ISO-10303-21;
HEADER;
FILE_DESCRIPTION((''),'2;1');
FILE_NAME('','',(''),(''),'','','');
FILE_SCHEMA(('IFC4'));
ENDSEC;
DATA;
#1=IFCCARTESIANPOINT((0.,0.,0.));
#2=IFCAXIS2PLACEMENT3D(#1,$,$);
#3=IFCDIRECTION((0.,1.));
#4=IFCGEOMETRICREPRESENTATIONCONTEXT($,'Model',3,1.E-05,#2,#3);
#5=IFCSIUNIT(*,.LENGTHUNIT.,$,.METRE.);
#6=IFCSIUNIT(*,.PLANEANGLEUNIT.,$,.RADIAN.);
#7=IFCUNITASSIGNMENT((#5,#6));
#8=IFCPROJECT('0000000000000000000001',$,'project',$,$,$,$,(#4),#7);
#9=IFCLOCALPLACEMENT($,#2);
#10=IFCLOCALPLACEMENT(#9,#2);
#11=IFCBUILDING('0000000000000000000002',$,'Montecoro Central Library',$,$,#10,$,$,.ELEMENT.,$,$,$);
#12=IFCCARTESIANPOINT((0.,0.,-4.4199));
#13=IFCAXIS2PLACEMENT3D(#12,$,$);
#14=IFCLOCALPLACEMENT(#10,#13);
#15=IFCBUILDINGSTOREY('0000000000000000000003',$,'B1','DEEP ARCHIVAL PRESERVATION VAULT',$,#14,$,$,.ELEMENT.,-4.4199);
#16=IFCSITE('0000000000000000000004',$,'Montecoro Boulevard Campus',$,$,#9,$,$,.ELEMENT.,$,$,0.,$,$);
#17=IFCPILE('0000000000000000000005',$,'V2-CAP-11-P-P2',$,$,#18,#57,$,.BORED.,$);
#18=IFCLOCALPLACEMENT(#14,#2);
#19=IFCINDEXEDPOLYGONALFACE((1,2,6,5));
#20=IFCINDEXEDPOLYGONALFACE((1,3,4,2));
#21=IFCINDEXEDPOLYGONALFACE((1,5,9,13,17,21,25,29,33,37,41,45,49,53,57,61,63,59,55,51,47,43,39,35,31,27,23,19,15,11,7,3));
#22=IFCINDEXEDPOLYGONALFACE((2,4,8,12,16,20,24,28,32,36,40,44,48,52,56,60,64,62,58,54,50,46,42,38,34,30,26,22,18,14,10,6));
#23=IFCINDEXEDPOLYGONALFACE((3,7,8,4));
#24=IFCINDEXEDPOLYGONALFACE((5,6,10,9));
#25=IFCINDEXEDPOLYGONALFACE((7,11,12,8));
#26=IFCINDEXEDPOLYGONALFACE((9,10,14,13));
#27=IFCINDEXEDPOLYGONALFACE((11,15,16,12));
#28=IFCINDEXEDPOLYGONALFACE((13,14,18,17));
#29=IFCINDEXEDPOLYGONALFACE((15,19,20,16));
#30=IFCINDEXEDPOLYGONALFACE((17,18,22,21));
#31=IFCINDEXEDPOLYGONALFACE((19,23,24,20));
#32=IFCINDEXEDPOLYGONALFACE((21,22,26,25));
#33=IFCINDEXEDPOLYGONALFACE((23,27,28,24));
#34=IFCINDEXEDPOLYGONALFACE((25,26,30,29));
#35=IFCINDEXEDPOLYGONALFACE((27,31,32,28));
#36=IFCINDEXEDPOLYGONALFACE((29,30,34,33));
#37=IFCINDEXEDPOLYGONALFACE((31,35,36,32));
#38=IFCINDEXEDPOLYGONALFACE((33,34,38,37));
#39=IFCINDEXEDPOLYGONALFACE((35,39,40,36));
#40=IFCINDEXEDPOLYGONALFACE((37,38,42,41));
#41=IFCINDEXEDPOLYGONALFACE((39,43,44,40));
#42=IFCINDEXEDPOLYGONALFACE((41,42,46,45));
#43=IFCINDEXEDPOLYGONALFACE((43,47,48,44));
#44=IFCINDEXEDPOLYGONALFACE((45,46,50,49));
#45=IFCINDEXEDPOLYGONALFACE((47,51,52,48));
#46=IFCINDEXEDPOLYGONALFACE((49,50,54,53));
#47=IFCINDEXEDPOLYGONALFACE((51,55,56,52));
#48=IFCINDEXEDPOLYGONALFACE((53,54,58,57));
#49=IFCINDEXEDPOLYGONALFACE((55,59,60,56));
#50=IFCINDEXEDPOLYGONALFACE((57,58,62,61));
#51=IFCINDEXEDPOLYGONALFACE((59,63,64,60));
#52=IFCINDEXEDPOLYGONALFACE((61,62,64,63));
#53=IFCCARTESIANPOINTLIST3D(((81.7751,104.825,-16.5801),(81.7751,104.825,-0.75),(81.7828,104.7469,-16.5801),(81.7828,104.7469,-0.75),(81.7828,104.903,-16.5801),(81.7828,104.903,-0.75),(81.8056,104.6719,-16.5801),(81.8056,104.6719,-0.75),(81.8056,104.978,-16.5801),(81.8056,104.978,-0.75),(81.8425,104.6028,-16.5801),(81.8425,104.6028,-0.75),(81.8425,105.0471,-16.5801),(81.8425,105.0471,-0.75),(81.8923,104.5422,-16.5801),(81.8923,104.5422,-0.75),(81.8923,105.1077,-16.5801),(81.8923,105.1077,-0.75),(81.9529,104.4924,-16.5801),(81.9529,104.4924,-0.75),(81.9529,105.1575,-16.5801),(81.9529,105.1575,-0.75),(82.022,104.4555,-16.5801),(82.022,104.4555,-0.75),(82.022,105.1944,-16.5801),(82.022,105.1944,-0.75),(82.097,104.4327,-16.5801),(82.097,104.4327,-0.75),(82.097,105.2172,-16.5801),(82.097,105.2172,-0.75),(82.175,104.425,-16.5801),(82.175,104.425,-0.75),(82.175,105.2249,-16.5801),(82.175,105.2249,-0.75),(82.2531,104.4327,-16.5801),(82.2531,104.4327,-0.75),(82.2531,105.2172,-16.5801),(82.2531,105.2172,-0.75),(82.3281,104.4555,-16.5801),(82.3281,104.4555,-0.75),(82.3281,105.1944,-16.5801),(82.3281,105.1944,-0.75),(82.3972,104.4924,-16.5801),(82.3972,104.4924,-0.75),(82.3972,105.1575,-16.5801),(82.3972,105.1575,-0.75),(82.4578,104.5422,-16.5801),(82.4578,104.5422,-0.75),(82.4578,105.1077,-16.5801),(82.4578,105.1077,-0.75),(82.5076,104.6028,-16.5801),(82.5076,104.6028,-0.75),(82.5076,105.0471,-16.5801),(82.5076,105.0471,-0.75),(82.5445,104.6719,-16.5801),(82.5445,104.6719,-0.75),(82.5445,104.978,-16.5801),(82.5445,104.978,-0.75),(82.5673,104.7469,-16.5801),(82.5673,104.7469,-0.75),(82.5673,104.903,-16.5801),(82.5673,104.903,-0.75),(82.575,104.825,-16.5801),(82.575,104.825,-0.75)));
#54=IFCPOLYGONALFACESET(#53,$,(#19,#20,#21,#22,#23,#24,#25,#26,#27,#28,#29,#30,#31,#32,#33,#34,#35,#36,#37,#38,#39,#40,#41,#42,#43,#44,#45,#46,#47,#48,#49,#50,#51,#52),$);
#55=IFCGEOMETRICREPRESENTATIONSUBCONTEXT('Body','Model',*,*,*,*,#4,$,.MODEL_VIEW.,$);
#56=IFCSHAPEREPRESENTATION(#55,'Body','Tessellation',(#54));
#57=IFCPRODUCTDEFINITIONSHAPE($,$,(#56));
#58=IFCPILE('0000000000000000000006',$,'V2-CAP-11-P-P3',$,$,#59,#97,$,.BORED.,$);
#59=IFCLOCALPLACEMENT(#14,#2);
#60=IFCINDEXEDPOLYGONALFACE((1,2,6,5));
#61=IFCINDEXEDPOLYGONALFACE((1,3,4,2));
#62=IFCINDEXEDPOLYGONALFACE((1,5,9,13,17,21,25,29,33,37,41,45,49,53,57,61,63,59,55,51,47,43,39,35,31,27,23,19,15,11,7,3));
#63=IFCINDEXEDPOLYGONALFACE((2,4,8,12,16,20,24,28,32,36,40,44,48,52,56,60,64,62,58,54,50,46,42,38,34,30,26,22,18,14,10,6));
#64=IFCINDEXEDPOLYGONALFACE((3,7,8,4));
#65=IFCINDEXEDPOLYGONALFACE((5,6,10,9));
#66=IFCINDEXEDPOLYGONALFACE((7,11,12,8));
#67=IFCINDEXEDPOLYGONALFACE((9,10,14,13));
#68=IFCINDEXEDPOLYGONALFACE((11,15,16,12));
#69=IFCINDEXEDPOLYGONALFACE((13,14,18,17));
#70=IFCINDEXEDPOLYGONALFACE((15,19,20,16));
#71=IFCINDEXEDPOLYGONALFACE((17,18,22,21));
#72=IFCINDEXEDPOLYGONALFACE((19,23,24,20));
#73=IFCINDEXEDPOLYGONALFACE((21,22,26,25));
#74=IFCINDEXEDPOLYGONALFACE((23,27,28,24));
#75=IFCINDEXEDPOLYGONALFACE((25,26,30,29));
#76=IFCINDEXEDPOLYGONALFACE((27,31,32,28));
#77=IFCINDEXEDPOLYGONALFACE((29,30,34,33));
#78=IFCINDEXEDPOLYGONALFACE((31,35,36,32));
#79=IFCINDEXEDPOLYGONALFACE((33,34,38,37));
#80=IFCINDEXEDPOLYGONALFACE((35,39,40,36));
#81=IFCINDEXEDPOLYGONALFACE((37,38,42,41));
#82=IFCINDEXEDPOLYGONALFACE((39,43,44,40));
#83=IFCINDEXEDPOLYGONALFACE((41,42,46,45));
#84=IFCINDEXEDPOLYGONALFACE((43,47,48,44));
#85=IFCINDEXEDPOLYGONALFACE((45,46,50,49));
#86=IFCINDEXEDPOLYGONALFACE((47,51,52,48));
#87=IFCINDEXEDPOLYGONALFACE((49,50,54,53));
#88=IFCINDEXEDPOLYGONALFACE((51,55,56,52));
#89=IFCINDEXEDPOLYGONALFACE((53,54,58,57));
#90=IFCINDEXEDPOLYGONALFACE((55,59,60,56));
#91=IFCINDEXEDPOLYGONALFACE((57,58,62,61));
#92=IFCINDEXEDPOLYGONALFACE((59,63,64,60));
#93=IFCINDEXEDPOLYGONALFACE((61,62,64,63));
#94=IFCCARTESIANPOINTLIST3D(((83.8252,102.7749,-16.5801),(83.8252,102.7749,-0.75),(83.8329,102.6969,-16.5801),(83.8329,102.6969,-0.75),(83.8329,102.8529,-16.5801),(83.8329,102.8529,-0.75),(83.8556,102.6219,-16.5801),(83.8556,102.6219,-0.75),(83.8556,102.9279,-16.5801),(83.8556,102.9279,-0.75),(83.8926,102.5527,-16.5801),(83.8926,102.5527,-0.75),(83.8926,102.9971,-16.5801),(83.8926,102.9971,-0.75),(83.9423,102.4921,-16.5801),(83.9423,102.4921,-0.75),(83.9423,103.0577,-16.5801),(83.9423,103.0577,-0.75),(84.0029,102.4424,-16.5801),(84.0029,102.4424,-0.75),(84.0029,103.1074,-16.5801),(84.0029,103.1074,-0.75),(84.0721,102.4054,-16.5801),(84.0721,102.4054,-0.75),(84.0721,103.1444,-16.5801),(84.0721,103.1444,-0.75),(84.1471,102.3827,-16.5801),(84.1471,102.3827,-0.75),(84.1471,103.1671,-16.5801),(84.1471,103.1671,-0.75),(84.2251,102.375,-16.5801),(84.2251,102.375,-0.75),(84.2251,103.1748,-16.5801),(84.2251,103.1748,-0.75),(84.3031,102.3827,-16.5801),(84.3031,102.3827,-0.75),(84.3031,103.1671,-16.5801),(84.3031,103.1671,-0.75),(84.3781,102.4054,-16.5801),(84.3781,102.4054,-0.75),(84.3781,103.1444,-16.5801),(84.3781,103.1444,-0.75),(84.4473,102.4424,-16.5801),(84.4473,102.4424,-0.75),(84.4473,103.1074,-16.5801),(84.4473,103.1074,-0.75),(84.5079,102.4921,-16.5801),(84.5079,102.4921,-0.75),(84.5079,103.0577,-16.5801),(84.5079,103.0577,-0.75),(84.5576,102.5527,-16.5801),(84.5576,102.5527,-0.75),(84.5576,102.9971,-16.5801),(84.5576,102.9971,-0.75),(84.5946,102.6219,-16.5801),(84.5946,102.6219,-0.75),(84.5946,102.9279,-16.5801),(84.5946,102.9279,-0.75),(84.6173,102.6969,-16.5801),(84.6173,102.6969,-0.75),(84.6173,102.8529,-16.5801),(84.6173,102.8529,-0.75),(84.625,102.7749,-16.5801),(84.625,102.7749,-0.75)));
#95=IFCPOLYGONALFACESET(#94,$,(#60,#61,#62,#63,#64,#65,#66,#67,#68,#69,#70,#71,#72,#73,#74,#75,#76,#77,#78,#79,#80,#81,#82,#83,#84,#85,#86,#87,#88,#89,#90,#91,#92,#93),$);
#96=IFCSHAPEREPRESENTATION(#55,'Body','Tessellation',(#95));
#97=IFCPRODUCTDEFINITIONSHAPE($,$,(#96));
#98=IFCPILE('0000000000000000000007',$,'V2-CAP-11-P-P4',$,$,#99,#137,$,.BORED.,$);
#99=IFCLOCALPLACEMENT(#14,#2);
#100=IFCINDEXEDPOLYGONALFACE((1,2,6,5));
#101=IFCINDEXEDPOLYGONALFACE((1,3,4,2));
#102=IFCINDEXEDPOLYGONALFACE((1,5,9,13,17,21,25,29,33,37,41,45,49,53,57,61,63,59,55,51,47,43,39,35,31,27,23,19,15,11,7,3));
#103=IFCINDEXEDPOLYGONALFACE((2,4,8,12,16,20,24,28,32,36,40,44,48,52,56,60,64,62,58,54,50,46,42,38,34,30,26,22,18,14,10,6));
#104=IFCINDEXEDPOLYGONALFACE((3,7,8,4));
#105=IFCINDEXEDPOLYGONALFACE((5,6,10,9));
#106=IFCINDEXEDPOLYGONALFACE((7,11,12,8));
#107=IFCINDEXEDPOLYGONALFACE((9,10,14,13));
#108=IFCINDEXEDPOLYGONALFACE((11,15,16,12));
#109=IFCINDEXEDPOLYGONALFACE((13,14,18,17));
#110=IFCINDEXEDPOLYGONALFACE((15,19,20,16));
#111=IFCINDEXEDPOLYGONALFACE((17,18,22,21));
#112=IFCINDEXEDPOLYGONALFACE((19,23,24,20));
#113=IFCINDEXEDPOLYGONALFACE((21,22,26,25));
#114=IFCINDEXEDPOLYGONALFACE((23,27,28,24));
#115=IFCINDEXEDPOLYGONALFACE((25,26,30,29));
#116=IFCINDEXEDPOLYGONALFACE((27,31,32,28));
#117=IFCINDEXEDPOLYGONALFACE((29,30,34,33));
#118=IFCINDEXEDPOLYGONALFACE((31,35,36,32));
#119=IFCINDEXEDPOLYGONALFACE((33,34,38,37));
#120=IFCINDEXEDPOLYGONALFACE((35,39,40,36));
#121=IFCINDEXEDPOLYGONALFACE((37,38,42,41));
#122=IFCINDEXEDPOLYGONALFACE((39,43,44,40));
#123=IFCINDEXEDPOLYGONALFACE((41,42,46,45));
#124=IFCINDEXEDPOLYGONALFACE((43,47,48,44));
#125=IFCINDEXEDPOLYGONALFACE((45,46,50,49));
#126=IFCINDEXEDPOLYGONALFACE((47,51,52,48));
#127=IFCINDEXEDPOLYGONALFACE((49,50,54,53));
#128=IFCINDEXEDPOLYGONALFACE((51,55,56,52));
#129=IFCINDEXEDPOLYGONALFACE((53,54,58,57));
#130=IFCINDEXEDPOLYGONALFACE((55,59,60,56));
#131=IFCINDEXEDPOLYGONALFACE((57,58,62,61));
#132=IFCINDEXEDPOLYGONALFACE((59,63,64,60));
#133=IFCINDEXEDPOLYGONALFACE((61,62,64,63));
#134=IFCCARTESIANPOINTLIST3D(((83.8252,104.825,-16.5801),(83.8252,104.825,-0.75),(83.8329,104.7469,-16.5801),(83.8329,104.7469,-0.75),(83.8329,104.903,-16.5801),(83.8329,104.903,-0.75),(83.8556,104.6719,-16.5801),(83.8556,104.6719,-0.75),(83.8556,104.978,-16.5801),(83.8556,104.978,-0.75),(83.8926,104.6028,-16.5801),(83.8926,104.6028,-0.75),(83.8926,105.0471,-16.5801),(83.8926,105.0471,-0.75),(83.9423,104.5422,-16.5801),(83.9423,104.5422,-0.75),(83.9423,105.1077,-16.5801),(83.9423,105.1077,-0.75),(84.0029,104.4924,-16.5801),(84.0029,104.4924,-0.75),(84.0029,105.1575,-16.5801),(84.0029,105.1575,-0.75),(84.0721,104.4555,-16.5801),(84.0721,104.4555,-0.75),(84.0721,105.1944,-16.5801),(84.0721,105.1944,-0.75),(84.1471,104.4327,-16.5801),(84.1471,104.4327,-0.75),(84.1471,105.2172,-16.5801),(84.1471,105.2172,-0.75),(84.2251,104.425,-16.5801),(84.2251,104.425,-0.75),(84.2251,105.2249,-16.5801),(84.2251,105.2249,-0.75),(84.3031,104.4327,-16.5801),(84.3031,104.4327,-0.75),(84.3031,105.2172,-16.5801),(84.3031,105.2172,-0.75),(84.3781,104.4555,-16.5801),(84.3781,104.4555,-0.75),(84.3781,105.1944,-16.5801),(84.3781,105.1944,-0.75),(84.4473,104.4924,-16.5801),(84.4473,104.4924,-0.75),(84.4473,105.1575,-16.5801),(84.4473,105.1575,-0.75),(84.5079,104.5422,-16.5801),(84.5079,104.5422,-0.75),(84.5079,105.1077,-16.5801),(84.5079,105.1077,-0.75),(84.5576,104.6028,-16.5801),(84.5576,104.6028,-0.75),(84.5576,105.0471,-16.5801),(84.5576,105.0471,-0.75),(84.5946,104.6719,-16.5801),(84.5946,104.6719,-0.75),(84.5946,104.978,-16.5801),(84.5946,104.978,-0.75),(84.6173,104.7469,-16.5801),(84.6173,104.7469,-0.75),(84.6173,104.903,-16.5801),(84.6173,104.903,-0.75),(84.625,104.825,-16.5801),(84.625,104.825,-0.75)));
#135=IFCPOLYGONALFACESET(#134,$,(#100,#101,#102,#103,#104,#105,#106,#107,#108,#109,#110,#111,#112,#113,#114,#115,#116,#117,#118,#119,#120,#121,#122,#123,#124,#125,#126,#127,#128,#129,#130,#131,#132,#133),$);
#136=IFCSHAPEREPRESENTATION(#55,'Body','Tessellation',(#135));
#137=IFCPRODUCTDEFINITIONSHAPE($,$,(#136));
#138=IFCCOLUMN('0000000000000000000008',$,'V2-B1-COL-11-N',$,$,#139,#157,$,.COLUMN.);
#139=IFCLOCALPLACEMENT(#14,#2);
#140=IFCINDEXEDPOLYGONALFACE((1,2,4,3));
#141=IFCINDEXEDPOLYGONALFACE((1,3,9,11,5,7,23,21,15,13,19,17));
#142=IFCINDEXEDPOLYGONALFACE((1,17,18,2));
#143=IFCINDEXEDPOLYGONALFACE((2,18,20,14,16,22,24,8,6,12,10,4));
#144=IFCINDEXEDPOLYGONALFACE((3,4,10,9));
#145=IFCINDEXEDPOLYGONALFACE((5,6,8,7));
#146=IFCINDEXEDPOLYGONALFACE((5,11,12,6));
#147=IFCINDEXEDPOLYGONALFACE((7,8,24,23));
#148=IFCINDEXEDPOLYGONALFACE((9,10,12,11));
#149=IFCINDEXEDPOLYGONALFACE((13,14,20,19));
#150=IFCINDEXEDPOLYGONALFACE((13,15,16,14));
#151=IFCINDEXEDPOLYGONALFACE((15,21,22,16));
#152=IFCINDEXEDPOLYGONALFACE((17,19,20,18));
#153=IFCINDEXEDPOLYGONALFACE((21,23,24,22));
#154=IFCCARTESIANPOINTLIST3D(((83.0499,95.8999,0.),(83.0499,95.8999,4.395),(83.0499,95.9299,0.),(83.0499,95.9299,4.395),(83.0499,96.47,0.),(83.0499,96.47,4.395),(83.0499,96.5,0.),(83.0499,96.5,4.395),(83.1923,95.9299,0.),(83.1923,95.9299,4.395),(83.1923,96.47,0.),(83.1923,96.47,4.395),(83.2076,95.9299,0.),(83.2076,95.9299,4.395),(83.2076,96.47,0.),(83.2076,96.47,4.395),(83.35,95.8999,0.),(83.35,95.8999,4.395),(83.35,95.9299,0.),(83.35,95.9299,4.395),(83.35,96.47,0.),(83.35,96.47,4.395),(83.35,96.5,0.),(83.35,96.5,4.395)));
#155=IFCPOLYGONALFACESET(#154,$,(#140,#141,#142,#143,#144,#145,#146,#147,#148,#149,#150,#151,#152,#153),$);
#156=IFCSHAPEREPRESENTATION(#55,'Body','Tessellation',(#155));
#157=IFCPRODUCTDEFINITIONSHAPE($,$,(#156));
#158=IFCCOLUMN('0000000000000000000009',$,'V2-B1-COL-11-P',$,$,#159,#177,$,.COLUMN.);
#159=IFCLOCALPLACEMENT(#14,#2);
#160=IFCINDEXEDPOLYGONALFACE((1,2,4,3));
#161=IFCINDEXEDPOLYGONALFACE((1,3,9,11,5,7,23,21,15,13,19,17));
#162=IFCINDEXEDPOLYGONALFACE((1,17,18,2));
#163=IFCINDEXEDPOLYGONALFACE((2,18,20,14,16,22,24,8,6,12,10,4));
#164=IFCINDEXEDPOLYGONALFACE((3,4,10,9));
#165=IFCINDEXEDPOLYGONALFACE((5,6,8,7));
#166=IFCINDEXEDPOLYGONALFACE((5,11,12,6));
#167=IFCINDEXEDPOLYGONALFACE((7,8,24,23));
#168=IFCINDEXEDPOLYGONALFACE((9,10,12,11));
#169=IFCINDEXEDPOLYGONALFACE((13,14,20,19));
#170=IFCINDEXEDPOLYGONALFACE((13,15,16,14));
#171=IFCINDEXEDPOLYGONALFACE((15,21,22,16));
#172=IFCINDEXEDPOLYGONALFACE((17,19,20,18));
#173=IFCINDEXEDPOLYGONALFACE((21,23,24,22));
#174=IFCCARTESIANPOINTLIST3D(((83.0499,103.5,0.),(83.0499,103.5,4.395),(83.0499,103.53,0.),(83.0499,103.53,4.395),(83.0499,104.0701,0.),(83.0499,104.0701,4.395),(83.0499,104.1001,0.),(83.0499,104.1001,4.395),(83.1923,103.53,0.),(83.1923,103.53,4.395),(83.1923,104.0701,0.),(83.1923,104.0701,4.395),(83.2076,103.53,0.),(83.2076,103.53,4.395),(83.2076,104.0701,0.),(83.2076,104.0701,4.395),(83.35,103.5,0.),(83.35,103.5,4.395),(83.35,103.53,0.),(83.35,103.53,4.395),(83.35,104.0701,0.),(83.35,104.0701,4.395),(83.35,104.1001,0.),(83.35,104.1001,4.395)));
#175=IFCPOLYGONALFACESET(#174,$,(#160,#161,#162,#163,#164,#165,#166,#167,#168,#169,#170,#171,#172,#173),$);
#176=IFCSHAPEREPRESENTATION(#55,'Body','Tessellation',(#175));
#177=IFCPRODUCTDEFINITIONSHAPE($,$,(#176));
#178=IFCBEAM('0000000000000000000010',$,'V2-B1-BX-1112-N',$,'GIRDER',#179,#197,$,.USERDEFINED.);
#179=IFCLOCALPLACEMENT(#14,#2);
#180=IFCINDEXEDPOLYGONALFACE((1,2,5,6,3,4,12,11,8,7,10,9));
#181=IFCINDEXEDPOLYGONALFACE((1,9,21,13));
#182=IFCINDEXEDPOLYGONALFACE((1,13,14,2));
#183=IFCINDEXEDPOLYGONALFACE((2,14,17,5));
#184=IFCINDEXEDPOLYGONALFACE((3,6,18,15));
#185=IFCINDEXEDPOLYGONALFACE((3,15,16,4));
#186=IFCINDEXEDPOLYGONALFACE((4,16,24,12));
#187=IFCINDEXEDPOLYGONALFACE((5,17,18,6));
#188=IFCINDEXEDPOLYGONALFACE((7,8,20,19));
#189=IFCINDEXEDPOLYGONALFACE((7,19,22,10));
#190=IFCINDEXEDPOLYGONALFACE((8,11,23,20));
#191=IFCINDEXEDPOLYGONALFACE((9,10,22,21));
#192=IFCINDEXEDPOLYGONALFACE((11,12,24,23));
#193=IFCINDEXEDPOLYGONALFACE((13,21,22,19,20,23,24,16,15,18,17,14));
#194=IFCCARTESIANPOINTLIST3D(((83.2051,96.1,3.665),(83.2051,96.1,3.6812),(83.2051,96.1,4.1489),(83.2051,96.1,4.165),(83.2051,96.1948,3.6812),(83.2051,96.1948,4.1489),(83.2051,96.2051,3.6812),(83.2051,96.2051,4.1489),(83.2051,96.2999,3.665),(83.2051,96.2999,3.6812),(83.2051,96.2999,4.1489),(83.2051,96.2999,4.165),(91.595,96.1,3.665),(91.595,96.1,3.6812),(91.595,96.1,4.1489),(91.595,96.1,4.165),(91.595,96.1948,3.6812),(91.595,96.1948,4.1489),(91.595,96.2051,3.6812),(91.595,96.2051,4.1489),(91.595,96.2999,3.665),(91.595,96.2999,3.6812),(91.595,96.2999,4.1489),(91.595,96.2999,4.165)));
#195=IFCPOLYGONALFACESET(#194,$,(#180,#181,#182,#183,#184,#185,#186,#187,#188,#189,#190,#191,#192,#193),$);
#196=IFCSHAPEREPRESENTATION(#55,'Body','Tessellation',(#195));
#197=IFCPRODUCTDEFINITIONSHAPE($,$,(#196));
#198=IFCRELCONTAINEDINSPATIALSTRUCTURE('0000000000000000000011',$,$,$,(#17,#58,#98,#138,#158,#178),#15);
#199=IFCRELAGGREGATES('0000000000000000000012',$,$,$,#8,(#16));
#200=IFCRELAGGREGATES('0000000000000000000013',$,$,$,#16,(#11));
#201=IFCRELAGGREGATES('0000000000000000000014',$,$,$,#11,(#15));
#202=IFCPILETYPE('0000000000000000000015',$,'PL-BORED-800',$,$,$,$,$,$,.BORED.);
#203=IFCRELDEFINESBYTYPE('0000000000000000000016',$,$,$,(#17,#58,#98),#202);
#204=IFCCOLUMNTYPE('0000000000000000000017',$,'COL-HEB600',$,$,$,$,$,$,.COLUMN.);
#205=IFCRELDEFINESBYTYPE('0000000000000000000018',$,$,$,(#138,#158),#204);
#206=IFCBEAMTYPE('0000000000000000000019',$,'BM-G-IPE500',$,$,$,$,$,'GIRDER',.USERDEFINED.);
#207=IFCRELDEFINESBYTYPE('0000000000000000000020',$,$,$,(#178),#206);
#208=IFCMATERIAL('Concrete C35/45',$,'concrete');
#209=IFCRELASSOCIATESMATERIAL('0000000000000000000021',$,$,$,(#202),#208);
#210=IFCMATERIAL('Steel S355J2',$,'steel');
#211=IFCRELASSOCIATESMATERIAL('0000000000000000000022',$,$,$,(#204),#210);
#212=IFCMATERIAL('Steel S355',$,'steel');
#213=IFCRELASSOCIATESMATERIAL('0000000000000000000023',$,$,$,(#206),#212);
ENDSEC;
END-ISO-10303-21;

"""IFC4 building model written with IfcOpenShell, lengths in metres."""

from ifc_helpers import new_model, si_unit, direction, frame, origin, origin_2d, place, context, subcontext, project, spatial, circle, i_section, extrude, material, material_profile, profile_set, type_object, element, save


model = new_model("IFC4")

# Units and contexts
model_context = context("Model", 3, precision=1e-05, world=origin(), true_north=direction((0.0, 1.0)))
body_context = subcontext(model_context, "Body", "Model", "MODEL_VIEW")
ifc_project = project(units=[si_unit("LENGTHUNIT", "METRE"), si_unit("PLANEANGLEUNIT", "RADIAN")], contexts=[model_context])

# Site, building, storey
site_placement = place(None, origin())
site = spatial("IfcSite", under=ifc_project, at=site_placement, Name="Montecoro Boulevard Campus", CompositionType="ELEMENT", RefElevation=0.0)
building_placement = place(site_placement, origin())
building = spatial("IfcBuilding", under=site, at=building_placement, Name="Montecoro Central Library", CompositionType="ELEMENT")
storey_placement = place(building_placement, frame((0.0, 0.0, -4.4199)))
storey = spatial("IfcBuildingStorey", under=building, at=storey_placement, Name="B1", Description="DEEP ARCHIVAL PRESERVATION VAULT", CompositionType="ELEMENT", Elevation=-4.4199)

# Shared definitions
ifc_material_1 = material(Name="Concrete C35/45", Category="concrete")

# Piles
ifc_material_profile_1 = material_profile(ifc_material_1, circle(Radius=0.3999, at=origin_2d()), Name="PILE D800")
ifc_profile_set_1 = profile_set([ifc_material_profile_1], Name="Concrete C35/45")
pile_type_1 = type_object("IfcPileType", Name="PL-BORED-800", PredefinedType="BORED", material=ifc_profile_set_1)
for number, where, z_axis, x_axis, name in (
    (1, (82.175, 104.825, -0.75), (0.0, 0.0, -1.0), (1.0, 0.0, 0.0), "V2-CAP-11-P-P2"),
    (2, (84.2251, 102.7749, -0.75), (0.0, 0.0, -1.0), (1.0, 0.0, 0.0), "V2-CAP-11-P-P3"),
    (3, (84.2251, 104.825, -0.75), (0.0, 0.0, -1.0), (1.0, 0.0, 0.0), "V2-CAP-11-P-P4"),
):
    element("IfcPile", number, at=place(storey_placement, frame(where, z_axis=z_axis, x_axis=x_axis)), inside=storey, type_object=pile_type_1, Name=name, PredefinedType="BORED", context=body_context, shape_type="SweptSolid", body=[
        extrude(circle(Radius=0.3999, at=origin_2d()), origin(), (0.0, 0.0, 1.0), 15.8301),
    ])

# Columns
ifc_material_2 = material(Name="Steel S355J2", Category="steel")
ifc_material_profile_2 = material_profile(ifc_material_2, i_section(OverallWidth=0.3, OverallDepth=0.6001, WebThickness=0.0154, FlangeThickness=0.03, at=origin_2d()), Name="HEB 600")
ifc_profile_set_2 = profile_set([ifc_material_profile_2], Name="Steel S355J2")
column_type = type_object("IfcColumnType", Name="COL-HEB600", PredefinedType="COLUMN", material=ifc_profile_set_2)
for number, where, z_axis, x_axis, name in (
    (4, (83.2, 96.2, 0.0), (0.0, 0.0, 1.0), (1.0, 0.0, 0.0), "V2-B1-COL-11-N"),
    (5, (83.2, 103.8, 0.0), (0.0, 0.0, 1.0), (1.0, 0.0, 0.0), "V2-B1-COL-11-P"),
):
    element("IfcColumn", number, at=place(storey_placement, frame(where, z_axis=z_axis, x_axis=x_axis)), inside=storey, type_object=column_type, Name=name, PredefinedType="COLUMN", context=body_context, shape_type="SweptSolid", body=[
        extrude(i_section(OverallWidth=0.3, OverallDepth=0.6001, WebThickness=0.0154, FlangeThickness=0.03, at=origin_2d()), origin(), (0.0, 0.0, 1.0), 4.395),
    ])

# Beam
ifc_material_3 = material(Name="Steel S355", Category="steel")
ifc_material_profile_3 = material_profile(ifc_material_3, i_section(OverallWidth=0.2, OverallDepth=0.5, WebThickness=0.0103, FlangeThickness=0.0161, at=origin_2d()), Name="IPE 500")
ifc_profile_set_3 = profile_set([ifc_material_profile_3], Name="Steel S355")
beam_type_1 = type_object("IfcBeamType", Name="BM-G-IPE500", ElementType="GIRDER", PredefinedType="USERDEFINED", material=ifc_profile_set_3)
for number, where, z_axis, x_axis, name in (
    (6, (83.2051, 96.2, 3.915), (1.0, 0.0, 0.0), (0.0, 1.0, 0.0), "V2-B1-BX-1112-N"),
):
    element("IfcBeam", number, at=place(storey_placement, frame(where, z_axis=z_axis, x_axis=x_axis)), inside=storey, type_object=beam_type_1, Name=name, ObjectType="GIRDER", PredefinedType="USERDEFINED", context=body_context, shape_type="SweptSolid", body=[
        extrude(i_section(OverallWidth=0.2, OverallDepth=0.5, WebThickness=0.0103, FlangeThickness=0.0161, at=origin_2d()), origin(), (0.0, 0.0, 1.0), 8.3899),
    ])

save(model, "model.ifc")
